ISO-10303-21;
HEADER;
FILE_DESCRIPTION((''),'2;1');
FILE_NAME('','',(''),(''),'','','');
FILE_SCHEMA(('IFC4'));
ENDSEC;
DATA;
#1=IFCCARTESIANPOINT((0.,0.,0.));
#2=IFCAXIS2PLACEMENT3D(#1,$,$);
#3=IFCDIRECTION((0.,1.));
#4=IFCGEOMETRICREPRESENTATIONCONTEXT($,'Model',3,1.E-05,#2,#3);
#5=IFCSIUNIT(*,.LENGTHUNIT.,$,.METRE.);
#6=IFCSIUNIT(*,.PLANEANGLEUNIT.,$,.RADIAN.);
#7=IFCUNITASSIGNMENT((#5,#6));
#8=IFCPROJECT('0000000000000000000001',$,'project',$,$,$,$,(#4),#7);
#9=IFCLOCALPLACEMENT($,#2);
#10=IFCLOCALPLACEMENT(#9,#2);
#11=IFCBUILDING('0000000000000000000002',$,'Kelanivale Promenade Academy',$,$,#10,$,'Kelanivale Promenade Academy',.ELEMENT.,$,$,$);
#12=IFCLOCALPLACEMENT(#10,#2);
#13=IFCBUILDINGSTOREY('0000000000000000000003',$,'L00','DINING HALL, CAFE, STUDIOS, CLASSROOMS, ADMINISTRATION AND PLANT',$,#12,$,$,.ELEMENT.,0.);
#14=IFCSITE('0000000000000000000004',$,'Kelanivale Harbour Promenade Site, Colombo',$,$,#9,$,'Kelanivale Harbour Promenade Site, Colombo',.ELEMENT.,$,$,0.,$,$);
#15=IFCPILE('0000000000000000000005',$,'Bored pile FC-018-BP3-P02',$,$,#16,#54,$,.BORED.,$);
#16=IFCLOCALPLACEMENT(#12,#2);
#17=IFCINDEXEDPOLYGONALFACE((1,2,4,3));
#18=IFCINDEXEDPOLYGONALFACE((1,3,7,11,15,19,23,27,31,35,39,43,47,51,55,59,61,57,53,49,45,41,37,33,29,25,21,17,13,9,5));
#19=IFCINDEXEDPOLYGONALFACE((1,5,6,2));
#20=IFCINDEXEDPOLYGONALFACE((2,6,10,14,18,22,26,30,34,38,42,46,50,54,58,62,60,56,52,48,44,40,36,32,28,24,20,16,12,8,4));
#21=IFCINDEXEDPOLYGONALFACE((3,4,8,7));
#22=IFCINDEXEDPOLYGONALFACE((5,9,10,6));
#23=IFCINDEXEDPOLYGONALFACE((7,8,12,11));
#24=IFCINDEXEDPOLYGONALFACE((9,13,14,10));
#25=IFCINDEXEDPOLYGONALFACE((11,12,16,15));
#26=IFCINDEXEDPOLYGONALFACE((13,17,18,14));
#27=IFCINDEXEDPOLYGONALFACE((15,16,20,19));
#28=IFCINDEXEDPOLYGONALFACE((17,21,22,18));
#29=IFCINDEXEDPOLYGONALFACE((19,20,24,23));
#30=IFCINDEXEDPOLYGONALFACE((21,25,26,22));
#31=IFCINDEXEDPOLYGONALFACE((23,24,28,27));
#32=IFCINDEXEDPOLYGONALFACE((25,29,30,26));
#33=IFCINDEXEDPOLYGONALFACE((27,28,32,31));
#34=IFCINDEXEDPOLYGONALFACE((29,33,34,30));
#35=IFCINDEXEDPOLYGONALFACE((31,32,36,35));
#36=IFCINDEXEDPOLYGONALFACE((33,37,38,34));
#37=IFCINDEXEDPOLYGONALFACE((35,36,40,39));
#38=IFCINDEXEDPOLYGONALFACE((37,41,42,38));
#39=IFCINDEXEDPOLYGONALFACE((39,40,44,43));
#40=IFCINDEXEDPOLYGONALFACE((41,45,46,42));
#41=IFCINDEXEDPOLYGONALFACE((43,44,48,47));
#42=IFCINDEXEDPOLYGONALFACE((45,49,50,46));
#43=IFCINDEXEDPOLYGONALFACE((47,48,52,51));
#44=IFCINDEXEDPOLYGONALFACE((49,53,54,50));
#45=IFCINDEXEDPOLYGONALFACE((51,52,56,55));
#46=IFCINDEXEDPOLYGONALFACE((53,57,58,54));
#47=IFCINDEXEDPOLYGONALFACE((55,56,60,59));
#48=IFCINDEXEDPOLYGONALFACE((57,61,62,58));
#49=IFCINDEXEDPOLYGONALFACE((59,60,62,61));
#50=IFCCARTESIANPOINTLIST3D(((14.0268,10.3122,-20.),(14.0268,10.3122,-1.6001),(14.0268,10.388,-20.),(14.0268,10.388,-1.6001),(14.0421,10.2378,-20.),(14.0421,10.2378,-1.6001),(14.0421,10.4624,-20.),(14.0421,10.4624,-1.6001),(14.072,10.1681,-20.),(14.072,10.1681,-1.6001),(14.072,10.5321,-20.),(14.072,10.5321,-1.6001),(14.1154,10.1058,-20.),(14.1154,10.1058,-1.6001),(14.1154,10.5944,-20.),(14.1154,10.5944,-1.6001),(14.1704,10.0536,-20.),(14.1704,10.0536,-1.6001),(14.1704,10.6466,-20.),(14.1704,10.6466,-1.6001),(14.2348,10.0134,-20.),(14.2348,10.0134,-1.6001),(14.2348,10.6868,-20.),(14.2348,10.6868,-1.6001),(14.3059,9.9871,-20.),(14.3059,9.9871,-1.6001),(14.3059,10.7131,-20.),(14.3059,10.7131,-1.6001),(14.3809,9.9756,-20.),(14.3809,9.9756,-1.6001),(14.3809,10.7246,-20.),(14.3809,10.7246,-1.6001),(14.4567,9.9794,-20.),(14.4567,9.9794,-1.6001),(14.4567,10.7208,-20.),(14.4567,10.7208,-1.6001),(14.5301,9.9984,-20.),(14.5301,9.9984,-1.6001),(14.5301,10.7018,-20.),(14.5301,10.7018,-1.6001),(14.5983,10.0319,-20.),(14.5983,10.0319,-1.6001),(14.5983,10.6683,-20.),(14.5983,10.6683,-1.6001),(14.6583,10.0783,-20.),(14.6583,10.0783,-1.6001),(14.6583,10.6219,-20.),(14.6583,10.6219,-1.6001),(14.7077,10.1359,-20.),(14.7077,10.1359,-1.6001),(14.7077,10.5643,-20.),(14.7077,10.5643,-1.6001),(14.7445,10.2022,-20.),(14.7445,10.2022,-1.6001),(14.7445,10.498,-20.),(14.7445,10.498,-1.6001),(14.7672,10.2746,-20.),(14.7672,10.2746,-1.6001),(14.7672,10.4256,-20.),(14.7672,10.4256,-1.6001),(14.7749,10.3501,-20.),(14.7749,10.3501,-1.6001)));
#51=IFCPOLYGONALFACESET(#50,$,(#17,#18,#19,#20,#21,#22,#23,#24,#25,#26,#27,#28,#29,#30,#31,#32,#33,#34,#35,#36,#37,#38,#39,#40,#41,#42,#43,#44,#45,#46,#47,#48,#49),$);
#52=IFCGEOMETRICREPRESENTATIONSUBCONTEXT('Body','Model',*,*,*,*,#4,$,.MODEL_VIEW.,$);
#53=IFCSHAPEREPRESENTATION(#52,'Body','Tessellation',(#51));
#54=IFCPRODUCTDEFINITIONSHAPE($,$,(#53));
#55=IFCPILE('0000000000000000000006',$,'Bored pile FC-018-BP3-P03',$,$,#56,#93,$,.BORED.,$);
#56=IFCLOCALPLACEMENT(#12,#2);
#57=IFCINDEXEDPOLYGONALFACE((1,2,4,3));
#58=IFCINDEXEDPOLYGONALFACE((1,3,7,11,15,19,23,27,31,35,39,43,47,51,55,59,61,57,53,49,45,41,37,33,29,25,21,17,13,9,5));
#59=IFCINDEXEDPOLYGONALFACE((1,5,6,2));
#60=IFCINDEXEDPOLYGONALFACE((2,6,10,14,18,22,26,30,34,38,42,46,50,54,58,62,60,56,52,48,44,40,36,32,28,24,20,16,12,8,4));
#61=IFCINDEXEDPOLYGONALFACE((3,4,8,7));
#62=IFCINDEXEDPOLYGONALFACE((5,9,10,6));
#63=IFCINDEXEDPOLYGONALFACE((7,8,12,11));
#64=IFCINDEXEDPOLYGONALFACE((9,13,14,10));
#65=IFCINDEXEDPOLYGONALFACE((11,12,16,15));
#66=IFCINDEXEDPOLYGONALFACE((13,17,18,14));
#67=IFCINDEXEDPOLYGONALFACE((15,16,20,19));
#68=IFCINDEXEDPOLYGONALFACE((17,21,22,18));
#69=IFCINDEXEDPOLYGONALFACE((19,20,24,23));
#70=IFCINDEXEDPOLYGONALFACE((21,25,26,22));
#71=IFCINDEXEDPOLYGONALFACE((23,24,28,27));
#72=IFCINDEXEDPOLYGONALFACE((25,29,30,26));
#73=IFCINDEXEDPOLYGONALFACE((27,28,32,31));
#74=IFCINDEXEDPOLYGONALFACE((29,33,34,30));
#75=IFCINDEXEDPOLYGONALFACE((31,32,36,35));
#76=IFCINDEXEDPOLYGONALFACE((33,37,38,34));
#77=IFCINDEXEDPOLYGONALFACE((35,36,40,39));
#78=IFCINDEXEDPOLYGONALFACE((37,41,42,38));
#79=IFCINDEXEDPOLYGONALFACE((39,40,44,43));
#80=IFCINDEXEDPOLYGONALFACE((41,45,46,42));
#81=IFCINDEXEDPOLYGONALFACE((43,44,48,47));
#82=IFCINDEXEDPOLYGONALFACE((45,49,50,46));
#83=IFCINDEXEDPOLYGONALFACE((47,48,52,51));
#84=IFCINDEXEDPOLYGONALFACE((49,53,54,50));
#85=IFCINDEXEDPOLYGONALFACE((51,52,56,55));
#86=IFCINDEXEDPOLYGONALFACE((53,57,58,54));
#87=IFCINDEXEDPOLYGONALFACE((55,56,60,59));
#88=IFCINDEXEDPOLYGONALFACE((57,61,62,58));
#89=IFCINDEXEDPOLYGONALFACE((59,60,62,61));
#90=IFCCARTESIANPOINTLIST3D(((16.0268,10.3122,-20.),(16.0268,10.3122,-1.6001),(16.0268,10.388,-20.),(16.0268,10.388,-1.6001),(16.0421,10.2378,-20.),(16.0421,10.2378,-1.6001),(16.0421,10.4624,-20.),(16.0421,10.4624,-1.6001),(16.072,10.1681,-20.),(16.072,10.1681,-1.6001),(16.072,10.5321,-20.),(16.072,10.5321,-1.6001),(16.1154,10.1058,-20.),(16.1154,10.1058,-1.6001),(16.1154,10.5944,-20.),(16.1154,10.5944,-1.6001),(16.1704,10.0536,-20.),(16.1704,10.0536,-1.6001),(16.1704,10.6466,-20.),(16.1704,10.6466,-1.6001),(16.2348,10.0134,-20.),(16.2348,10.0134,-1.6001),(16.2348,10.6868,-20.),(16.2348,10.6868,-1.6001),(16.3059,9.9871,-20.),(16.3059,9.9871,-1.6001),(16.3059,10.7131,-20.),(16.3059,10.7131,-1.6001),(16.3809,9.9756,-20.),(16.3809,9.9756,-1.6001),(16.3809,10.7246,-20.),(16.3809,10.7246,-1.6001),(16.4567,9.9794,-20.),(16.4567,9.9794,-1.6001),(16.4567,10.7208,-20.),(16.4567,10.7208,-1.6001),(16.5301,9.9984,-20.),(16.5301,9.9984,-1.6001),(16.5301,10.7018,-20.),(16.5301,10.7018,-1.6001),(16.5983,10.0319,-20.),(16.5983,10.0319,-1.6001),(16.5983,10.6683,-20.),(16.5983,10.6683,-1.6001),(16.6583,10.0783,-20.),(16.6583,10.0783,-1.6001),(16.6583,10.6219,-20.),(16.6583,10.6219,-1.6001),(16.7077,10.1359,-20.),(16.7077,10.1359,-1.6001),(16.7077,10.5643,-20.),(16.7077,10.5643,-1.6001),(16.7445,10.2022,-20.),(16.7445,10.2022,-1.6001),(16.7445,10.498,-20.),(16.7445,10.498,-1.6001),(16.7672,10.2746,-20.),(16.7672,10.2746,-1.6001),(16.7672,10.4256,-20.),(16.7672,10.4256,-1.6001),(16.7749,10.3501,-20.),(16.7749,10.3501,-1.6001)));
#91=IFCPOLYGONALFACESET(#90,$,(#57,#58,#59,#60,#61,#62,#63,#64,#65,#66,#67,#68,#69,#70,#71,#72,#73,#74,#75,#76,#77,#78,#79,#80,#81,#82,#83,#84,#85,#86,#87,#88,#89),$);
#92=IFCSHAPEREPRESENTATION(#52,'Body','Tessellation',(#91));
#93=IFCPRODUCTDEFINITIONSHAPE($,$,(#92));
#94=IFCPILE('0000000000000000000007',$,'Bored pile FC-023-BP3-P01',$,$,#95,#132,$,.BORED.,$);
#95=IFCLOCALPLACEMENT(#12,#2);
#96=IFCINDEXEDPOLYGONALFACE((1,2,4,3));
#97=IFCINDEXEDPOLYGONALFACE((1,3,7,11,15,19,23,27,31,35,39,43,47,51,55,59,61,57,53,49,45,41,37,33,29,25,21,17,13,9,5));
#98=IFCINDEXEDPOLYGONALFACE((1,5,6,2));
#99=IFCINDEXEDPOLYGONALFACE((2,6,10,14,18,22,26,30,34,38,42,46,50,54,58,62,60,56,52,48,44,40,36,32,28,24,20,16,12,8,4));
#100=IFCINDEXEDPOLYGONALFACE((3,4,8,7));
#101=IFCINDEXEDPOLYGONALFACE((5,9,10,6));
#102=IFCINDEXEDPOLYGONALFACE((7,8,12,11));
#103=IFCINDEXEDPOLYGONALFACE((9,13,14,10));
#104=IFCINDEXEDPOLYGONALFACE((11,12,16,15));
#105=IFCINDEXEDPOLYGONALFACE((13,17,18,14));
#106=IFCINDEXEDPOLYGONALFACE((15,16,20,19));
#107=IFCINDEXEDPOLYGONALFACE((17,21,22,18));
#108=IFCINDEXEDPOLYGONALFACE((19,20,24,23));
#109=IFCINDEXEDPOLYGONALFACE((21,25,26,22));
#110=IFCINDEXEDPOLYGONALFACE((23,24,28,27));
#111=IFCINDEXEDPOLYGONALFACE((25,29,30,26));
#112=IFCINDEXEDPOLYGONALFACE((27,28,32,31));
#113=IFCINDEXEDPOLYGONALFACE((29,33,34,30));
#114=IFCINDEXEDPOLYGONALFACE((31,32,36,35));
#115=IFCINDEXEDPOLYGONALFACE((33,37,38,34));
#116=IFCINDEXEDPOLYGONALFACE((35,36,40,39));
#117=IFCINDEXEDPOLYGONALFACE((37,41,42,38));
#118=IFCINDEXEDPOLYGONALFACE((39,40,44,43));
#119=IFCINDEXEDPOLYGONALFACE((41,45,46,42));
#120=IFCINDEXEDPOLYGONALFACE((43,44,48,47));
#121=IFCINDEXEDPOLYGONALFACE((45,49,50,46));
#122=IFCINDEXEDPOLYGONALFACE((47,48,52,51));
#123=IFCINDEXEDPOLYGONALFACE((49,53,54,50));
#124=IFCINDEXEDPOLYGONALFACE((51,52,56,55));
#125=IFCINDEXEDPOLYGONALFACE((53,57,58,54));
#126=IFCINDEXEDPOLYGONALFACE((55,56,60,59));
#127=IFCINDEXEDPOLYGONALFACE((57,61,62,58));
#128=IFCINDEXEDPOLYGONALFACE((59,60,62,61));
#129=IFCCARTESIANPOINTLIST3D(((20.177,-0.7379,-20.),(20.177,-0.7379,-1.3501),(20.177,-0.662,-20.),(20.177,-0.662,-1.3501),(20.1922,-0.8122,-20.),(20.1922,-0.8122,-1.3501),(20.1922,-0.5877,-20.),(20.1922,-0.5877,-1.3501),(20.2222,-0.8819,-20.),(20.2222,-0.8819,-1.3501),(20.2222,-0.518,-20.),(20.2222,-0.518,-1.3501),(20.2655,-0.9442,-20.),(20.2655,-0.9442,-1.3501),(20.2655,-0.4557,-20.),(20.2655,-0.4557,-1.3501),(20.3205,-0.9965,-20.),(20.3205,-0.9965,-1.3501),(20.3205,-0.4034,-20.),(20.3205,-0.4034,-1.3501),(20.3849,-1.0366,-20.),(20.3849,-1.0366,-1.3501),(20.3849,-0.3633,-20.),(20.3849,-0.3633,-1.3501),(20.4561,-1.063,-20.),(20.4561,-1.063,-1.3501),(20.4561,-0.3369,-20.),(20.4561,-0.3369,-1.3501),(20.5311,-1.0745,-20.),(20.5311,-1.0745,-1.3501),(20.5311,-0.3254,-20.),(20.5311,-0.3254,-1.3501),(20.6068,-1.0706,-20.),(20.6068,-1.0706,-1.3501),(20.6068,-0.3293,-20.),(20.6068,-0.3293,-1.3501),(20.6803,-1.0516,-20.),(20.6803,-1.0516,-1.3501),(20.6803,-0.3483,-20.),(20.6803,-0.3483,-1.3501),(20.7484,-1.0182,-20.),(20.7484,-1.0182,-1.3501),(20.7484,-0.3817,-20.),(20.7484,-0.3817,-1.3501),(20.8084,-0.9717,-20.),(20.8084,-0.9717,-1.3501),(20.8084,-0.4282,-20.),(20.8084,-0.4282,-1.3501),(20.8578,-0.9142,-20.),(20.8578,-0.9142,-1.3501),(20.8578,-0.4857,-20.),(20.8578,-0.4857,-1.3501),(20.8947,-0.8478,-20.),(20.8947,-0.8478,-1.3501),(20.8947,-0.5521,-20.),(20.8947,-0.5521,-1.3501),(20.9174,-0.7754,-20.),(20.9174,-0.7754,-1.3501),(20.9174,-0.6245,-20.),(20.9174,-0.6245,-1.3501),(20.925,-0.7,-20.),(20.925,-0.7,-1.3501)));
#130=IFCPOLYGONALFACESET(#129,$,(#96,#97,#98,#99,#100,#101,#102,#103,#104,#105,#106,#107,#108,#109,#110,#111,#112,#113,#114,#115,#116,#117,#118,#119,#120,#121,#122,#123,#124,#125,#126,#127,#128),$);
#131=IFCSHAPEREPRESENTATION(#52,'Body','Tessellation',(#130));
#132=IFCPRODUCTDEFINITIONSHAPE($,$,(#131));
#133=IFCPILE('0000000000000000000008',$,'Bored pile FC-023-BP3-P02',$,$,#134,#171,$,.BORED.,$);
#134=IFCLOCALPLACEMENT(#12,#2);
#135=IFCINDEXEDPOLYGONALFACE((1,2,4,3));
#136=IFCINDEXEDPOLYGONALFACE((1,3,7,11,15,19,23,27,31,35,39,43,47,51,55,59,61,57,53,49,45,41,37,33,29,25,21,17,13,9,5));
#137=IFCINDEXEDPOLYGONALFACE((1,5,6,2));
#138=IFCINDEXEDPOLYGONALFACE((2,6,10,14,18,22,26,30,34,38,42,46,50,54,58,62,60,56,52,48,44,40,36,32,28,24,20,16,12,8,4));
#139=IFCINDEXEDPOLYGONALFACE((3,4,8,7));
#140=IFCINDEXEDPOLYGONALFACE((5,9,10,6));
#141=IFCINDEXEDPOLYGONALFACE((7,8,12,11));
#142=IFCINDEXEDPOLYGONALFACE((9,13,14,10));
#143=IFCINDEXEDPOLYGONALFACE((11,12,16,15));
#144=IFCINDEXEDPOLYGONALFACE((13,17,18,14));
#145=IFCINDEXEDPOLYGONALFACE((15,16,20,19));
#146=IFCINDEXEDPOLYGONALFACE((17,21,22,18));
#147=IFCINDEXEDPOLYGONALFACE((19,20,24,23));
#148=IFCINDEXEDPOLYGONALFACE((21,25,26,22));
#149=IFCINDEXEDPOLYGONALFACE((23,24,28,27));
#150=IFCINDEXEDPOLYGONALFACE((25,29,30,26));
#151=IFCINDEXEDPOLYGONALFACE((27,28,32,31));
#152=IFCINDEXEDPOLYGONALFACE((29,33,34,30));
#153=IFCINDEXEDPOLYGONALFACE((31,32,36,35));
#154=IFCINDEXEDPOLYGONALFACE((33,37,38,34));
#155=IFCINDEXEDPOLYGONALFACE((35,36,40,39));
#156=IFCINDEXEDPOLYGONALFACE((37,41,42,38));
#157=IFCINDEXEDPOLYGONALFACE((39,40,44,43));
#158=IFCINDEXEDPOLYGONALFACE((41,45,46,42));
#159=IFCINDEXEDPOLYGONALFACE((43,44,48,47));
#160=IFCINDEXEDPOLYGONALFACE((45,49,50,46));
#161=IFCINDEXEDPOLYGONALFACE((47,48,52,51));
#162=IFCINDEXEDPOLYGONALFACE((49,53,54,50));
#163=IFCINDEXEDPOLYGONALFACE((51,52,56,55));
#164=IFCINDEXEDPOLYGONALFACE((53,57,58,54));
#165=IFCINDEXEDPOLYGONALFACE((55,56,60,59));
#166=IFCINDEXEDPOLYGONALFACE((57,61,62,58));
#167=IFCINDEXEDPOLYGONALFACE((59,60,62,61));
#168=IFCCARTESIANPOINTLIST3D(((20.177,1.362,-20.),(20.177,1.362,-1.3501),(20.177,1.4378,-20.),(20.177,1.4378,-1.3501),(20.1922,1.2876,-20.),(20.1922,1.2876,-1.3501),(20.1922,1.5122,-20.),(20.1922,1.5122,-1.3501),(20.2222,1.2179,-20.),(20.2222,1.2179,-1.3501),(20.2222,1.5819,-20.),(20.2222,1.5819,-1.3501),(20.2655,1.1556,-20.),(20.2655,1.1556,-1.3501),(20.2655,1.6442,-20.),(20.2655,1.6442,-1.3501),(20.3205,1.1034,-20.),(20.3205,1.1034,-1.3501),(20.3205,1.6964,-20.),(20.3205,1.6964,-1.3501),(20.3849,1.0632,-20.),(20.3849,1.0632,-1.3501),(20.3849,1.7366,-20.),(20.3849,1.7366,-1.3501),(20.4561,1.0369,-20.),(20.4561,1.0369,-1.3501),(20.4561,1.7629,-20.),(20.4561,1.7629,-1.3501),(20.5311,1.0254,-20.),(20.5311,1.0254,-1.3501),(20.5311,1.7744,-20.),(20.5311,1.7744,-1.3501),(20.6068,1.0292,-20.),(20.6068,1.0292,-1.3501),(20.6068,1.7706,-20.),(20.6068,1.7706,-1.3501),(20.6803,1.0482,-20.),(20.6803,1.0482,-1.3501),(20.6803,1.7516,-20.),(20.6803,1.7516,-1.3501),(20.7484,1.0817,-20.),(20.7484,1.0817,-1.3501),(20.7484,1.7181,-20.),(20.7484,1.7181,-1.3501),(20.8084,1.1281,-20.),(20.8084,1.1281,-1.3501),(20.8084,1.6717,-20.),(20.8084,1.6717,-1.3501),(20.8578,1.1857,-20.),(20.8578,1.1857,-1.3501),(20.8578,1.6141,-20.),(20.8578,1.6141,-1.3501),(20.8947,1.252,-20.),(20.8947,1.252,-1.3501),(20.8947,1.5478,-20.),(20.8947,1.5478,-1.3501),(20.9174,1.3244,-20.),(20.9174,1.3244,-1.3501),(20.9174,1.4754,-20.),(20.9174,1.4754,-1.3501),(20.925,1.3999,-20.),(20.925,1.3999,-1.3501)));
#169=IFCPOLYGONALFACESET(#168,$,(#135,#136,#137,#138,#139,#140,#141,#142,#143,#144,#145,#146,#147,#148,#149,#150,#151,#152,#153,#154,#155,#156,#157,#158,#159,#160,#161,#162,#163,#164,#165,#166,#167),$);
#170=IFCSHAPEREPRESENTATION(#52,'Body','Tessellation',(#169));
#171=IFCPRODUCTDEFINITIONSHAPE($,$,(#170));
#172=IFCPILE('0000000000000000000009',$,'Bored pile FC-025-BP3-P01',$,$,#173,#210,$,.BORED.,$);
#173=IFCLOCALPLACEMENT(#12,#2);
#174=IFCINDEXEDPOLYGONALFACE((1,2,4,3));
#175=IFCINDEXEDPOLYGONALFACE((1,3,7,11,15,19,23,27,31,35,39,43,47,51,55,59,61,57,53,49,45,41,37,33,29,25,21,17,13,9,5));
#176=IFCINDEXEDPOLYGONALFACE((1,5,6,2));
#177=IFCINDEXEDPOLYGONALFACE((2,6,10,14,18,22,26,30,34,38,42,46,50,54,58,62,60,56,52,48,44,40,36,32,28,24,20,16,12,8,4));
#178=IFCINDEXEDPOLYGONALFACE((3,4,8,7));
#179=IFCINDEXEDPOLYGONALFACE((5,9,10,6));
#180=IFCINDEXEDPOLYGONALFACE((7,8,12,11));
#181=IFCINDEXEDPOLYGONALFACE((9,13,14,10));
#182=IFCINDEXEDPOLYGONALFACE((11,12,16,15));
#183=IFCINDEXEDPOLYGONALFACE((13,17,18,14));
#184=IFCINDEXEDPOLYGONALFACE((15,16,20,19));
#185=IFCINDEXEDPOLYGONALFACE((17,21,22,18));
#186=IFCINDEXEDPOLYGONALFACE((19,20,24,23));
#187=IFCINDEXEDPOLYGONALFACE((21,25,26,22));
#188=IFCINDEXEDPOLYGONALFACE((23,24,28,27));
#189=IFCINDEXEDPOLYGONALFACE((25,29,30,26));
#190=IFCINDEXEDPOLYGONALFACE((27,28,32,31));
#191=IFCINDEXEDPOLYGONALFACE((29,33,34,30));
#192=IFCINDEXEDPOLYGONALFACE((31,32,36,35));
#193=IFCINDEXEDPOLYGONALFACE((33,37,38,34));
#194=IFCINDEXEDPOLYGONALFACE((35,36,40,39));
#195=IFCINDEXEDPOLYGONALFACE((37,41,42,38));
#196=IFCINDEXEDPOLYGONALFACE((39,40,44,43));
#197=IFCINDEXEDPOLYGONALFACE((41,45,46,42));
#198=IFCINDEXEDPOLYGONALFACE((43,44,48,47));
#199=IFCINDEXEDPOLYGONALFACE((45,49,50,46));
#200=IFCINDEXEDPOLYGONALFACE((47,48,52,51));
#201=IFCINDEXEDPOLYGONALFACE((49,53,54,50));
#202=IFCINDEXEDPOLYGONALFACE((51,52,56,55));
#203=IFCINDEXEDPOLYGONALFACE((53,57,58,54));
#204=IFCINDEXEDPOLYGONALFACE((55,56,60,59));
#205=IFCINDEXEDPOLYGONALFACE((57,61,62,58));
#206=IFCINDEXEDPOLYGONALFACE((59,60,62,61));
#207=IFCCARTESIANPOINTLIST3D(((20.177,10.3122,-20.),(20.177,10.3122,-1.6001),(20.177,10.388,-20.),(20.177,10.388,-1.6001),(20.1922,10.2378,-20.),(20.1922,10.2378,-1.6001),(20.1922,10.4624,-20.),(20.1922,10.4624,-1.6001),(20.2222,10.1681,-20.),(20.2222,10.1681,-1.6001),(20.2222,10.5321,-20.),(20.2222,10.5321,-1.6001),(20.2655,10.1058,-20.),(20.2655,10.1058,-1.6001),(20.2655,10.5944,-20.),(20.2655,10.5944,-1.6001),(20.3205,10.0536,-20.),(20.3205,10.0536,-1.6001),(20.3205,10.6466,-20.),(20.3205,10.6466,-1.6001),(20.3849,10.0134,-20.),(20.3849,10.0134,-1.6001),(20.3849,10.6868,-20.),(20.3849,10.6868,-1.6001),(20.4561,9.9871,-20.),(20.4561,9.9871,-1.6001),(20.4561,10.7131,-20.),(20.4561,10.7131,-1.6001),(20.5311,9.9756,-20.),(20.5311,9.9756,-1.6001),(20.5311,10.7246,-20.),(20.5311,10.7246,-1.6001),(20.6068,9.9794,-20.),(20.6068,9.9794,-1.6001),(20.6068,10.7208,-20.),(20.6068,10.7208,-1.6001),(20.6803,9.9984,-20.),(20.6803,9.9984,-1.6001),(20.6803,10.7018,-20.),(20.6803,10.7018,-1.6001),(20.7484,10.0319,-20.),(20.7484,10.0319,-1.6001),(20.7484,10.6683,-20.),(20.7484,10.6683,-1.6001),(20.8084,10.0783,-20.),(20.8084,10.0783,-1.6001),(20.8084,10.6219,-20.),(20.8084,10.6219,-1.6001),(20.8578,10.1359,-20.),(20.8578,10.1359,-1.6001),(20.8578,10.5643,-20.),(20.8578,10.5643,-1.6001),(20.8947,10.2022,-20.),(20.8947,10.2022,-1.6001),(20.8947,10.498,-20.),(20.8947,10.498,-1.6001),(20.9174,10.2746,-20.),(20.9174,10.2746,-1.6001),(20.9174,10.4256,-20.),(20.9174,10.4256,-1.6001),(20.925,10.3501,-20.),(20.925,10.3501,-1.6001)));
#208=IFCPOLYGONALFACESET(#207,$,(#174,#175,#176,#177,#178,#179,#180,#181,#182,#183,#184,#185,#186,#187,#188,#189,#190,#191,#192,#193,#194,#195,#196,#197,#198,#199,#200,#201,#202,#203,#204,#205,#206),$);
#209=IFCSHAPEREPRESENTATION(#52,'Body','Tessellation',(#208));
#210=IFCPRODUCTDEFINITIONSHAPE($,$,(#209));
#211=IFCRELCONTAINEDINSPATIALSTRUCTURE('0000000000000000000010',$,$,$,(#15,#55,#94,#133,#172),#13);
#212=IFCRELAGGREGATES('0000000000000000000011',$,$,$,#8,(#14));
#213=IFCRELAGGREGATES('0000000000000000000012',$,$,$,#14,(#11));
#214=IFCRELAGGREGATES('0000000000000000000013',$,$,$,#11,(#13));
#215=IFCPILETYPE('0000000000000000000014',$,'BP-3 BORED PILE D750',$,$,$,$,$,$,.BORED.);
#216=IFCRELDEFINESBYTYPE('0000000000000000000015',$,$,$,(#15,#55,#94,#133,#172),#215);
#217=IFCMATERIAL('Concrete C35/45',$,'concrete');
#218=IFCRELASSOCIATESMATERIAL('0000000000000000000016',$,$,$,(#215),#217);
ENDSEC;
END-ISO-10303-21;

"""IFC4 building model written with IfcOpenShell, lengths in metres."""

from ifc_helpers import new_model, si_unit, direction, frame, origin, origin_2d, place, context, subcontext, project, spatial, circle, extrude, material, material_profile, profile_set, type_object, element, save


model = new_model("IFC4")

# Units and contexts
model_context = context("Model", 3, precision=1e-05, world=origin(), true_north=direction((0.0, 1.0)))
body_context = subcontext(model_context, "Body", "Model", "MODEL_VIEW")
ifc_project = project(units=[si_unit("LENGTHUNIT", "METRE"), si_unit("PLANEANGLEUNIT", "RADIAN")], contexts=[model_context])

# Site, building, storey
site_placement = place(None, origin())
site = spatial("IfcSite", under=ifc_project, at=site_placement, Name="Kelanivale Harbour Promenade Site, Colombo", LongName="Kelanivale Harbour Promenade Site, Colombo", CompositionType="ELEMENT", RefElevation=0.0)
building_placement = place(site_placement, origin())
building = spatial("IfcBuilding", under=site, at=building_placement, Name="Kelanivale Promenade Academy", LongName="Kelanivale Promenade Academy", CompositionType="ELEMENT")
storey_placement = place(building_placement, origin())
storey = spatial("IfcBuildingStorey", under=building, at=storey_placement, Name="L00", Description="DINING HALL, CAFE, STUDIOS, CLASSROOMS, ADMINISTRATION AND PLANT", CompositionType="ELEMENT", Elevation=0.0)

# Piles
ifc_material_1 = material(Name="Concrete C35/45", Category="concrete")
ifc_material_profile_1 = material_profile(ifc_material_1, circle(Radius=0.375, at=origin_2d()), Name="BORED PILE D750")
ifc_profile_set_1 = profile_set([ifc_material_profile_1], Name="Concrete C35/45")
pile_type_1 = type_object("IfcPileType", Name="BP-3 BORED PILE D750", PredefinedType="BORED", material=ifc_profile_set_1)
for number, where, z_axis, x_axis, name in (
    (1, (14.3999, 10.3501, -1.6001), (0.0, 0.0, -1.0), (1.0, 0.0, 0.0), "Bored pile FC-018-BP3-P02"),
    (2, (16.3999, 10.3501, -1.6001), (0.0, 0.0, -1.0), (1.0, 0.0, 0.0), "Bored pile FC-018-BP3-P03"),
):
    element("IfcPile", number, at=place(storey_placement, frame(where, z_axis=z_axis, x_axis=x_axis)), inside=storey, type_object=pile_type_1, Name=name, PredefinedType="BORED", context=body_context, shape_type="SweptSolid", body=[
        extrude(circle(Radius=0.375, at=origin_2d()), origin(), (0.0, 0.0, 1.0), 18.3999),
    ])
for number, where, z_axis, x_axis, name in (
    (3, (20.55, -0.7, -1.3501), (0.0, 0.0, -1.0), (1.0, 0.0, 0.0), "Bored pile FC-023-BP3-P01"),
    (4, (20.55, 1.3999, -1.3501), (0.0, 0.0, -1.0), (1.0, 0.0, 0.0), "Bored pile FC-023-BP3-P02"),
):
    element("IfcPile", number, at=place(storey_placement, frame(where, z_axis=z_axis, x_axis=x_axis)), inside=storey, type_object=pile_type_1, Name=name, PredefinedType="BORED", context=body_context, shape_type="SweptSolid", body=[
        extrude(circle(Radius=0.375, at=origin_2d()), origin(), (0.0, 0.0, 1.0), 18.6499),
    ])
pile_placement = place(storey_placement, frame((20.55, 10.3501, -1.6001), z_axis=(0.0, 0.0, -1.0), x_axis=(1.0, 0.0, 0.0)))
element("IfcPile", 5, at=pile_placement, inside=storey, type_object=pile_type_1, Name="Bored pile FC-025-BP3-P01", PredefinedType="BORED", context=body_context, shape_type="SweptSolid", body=[
    extrude(circle(Radius=0.375, at=origin_2d()), origin(), (0.0, 0.0, 1.0), 18.3999),
])

save(model, "model.ifc")
